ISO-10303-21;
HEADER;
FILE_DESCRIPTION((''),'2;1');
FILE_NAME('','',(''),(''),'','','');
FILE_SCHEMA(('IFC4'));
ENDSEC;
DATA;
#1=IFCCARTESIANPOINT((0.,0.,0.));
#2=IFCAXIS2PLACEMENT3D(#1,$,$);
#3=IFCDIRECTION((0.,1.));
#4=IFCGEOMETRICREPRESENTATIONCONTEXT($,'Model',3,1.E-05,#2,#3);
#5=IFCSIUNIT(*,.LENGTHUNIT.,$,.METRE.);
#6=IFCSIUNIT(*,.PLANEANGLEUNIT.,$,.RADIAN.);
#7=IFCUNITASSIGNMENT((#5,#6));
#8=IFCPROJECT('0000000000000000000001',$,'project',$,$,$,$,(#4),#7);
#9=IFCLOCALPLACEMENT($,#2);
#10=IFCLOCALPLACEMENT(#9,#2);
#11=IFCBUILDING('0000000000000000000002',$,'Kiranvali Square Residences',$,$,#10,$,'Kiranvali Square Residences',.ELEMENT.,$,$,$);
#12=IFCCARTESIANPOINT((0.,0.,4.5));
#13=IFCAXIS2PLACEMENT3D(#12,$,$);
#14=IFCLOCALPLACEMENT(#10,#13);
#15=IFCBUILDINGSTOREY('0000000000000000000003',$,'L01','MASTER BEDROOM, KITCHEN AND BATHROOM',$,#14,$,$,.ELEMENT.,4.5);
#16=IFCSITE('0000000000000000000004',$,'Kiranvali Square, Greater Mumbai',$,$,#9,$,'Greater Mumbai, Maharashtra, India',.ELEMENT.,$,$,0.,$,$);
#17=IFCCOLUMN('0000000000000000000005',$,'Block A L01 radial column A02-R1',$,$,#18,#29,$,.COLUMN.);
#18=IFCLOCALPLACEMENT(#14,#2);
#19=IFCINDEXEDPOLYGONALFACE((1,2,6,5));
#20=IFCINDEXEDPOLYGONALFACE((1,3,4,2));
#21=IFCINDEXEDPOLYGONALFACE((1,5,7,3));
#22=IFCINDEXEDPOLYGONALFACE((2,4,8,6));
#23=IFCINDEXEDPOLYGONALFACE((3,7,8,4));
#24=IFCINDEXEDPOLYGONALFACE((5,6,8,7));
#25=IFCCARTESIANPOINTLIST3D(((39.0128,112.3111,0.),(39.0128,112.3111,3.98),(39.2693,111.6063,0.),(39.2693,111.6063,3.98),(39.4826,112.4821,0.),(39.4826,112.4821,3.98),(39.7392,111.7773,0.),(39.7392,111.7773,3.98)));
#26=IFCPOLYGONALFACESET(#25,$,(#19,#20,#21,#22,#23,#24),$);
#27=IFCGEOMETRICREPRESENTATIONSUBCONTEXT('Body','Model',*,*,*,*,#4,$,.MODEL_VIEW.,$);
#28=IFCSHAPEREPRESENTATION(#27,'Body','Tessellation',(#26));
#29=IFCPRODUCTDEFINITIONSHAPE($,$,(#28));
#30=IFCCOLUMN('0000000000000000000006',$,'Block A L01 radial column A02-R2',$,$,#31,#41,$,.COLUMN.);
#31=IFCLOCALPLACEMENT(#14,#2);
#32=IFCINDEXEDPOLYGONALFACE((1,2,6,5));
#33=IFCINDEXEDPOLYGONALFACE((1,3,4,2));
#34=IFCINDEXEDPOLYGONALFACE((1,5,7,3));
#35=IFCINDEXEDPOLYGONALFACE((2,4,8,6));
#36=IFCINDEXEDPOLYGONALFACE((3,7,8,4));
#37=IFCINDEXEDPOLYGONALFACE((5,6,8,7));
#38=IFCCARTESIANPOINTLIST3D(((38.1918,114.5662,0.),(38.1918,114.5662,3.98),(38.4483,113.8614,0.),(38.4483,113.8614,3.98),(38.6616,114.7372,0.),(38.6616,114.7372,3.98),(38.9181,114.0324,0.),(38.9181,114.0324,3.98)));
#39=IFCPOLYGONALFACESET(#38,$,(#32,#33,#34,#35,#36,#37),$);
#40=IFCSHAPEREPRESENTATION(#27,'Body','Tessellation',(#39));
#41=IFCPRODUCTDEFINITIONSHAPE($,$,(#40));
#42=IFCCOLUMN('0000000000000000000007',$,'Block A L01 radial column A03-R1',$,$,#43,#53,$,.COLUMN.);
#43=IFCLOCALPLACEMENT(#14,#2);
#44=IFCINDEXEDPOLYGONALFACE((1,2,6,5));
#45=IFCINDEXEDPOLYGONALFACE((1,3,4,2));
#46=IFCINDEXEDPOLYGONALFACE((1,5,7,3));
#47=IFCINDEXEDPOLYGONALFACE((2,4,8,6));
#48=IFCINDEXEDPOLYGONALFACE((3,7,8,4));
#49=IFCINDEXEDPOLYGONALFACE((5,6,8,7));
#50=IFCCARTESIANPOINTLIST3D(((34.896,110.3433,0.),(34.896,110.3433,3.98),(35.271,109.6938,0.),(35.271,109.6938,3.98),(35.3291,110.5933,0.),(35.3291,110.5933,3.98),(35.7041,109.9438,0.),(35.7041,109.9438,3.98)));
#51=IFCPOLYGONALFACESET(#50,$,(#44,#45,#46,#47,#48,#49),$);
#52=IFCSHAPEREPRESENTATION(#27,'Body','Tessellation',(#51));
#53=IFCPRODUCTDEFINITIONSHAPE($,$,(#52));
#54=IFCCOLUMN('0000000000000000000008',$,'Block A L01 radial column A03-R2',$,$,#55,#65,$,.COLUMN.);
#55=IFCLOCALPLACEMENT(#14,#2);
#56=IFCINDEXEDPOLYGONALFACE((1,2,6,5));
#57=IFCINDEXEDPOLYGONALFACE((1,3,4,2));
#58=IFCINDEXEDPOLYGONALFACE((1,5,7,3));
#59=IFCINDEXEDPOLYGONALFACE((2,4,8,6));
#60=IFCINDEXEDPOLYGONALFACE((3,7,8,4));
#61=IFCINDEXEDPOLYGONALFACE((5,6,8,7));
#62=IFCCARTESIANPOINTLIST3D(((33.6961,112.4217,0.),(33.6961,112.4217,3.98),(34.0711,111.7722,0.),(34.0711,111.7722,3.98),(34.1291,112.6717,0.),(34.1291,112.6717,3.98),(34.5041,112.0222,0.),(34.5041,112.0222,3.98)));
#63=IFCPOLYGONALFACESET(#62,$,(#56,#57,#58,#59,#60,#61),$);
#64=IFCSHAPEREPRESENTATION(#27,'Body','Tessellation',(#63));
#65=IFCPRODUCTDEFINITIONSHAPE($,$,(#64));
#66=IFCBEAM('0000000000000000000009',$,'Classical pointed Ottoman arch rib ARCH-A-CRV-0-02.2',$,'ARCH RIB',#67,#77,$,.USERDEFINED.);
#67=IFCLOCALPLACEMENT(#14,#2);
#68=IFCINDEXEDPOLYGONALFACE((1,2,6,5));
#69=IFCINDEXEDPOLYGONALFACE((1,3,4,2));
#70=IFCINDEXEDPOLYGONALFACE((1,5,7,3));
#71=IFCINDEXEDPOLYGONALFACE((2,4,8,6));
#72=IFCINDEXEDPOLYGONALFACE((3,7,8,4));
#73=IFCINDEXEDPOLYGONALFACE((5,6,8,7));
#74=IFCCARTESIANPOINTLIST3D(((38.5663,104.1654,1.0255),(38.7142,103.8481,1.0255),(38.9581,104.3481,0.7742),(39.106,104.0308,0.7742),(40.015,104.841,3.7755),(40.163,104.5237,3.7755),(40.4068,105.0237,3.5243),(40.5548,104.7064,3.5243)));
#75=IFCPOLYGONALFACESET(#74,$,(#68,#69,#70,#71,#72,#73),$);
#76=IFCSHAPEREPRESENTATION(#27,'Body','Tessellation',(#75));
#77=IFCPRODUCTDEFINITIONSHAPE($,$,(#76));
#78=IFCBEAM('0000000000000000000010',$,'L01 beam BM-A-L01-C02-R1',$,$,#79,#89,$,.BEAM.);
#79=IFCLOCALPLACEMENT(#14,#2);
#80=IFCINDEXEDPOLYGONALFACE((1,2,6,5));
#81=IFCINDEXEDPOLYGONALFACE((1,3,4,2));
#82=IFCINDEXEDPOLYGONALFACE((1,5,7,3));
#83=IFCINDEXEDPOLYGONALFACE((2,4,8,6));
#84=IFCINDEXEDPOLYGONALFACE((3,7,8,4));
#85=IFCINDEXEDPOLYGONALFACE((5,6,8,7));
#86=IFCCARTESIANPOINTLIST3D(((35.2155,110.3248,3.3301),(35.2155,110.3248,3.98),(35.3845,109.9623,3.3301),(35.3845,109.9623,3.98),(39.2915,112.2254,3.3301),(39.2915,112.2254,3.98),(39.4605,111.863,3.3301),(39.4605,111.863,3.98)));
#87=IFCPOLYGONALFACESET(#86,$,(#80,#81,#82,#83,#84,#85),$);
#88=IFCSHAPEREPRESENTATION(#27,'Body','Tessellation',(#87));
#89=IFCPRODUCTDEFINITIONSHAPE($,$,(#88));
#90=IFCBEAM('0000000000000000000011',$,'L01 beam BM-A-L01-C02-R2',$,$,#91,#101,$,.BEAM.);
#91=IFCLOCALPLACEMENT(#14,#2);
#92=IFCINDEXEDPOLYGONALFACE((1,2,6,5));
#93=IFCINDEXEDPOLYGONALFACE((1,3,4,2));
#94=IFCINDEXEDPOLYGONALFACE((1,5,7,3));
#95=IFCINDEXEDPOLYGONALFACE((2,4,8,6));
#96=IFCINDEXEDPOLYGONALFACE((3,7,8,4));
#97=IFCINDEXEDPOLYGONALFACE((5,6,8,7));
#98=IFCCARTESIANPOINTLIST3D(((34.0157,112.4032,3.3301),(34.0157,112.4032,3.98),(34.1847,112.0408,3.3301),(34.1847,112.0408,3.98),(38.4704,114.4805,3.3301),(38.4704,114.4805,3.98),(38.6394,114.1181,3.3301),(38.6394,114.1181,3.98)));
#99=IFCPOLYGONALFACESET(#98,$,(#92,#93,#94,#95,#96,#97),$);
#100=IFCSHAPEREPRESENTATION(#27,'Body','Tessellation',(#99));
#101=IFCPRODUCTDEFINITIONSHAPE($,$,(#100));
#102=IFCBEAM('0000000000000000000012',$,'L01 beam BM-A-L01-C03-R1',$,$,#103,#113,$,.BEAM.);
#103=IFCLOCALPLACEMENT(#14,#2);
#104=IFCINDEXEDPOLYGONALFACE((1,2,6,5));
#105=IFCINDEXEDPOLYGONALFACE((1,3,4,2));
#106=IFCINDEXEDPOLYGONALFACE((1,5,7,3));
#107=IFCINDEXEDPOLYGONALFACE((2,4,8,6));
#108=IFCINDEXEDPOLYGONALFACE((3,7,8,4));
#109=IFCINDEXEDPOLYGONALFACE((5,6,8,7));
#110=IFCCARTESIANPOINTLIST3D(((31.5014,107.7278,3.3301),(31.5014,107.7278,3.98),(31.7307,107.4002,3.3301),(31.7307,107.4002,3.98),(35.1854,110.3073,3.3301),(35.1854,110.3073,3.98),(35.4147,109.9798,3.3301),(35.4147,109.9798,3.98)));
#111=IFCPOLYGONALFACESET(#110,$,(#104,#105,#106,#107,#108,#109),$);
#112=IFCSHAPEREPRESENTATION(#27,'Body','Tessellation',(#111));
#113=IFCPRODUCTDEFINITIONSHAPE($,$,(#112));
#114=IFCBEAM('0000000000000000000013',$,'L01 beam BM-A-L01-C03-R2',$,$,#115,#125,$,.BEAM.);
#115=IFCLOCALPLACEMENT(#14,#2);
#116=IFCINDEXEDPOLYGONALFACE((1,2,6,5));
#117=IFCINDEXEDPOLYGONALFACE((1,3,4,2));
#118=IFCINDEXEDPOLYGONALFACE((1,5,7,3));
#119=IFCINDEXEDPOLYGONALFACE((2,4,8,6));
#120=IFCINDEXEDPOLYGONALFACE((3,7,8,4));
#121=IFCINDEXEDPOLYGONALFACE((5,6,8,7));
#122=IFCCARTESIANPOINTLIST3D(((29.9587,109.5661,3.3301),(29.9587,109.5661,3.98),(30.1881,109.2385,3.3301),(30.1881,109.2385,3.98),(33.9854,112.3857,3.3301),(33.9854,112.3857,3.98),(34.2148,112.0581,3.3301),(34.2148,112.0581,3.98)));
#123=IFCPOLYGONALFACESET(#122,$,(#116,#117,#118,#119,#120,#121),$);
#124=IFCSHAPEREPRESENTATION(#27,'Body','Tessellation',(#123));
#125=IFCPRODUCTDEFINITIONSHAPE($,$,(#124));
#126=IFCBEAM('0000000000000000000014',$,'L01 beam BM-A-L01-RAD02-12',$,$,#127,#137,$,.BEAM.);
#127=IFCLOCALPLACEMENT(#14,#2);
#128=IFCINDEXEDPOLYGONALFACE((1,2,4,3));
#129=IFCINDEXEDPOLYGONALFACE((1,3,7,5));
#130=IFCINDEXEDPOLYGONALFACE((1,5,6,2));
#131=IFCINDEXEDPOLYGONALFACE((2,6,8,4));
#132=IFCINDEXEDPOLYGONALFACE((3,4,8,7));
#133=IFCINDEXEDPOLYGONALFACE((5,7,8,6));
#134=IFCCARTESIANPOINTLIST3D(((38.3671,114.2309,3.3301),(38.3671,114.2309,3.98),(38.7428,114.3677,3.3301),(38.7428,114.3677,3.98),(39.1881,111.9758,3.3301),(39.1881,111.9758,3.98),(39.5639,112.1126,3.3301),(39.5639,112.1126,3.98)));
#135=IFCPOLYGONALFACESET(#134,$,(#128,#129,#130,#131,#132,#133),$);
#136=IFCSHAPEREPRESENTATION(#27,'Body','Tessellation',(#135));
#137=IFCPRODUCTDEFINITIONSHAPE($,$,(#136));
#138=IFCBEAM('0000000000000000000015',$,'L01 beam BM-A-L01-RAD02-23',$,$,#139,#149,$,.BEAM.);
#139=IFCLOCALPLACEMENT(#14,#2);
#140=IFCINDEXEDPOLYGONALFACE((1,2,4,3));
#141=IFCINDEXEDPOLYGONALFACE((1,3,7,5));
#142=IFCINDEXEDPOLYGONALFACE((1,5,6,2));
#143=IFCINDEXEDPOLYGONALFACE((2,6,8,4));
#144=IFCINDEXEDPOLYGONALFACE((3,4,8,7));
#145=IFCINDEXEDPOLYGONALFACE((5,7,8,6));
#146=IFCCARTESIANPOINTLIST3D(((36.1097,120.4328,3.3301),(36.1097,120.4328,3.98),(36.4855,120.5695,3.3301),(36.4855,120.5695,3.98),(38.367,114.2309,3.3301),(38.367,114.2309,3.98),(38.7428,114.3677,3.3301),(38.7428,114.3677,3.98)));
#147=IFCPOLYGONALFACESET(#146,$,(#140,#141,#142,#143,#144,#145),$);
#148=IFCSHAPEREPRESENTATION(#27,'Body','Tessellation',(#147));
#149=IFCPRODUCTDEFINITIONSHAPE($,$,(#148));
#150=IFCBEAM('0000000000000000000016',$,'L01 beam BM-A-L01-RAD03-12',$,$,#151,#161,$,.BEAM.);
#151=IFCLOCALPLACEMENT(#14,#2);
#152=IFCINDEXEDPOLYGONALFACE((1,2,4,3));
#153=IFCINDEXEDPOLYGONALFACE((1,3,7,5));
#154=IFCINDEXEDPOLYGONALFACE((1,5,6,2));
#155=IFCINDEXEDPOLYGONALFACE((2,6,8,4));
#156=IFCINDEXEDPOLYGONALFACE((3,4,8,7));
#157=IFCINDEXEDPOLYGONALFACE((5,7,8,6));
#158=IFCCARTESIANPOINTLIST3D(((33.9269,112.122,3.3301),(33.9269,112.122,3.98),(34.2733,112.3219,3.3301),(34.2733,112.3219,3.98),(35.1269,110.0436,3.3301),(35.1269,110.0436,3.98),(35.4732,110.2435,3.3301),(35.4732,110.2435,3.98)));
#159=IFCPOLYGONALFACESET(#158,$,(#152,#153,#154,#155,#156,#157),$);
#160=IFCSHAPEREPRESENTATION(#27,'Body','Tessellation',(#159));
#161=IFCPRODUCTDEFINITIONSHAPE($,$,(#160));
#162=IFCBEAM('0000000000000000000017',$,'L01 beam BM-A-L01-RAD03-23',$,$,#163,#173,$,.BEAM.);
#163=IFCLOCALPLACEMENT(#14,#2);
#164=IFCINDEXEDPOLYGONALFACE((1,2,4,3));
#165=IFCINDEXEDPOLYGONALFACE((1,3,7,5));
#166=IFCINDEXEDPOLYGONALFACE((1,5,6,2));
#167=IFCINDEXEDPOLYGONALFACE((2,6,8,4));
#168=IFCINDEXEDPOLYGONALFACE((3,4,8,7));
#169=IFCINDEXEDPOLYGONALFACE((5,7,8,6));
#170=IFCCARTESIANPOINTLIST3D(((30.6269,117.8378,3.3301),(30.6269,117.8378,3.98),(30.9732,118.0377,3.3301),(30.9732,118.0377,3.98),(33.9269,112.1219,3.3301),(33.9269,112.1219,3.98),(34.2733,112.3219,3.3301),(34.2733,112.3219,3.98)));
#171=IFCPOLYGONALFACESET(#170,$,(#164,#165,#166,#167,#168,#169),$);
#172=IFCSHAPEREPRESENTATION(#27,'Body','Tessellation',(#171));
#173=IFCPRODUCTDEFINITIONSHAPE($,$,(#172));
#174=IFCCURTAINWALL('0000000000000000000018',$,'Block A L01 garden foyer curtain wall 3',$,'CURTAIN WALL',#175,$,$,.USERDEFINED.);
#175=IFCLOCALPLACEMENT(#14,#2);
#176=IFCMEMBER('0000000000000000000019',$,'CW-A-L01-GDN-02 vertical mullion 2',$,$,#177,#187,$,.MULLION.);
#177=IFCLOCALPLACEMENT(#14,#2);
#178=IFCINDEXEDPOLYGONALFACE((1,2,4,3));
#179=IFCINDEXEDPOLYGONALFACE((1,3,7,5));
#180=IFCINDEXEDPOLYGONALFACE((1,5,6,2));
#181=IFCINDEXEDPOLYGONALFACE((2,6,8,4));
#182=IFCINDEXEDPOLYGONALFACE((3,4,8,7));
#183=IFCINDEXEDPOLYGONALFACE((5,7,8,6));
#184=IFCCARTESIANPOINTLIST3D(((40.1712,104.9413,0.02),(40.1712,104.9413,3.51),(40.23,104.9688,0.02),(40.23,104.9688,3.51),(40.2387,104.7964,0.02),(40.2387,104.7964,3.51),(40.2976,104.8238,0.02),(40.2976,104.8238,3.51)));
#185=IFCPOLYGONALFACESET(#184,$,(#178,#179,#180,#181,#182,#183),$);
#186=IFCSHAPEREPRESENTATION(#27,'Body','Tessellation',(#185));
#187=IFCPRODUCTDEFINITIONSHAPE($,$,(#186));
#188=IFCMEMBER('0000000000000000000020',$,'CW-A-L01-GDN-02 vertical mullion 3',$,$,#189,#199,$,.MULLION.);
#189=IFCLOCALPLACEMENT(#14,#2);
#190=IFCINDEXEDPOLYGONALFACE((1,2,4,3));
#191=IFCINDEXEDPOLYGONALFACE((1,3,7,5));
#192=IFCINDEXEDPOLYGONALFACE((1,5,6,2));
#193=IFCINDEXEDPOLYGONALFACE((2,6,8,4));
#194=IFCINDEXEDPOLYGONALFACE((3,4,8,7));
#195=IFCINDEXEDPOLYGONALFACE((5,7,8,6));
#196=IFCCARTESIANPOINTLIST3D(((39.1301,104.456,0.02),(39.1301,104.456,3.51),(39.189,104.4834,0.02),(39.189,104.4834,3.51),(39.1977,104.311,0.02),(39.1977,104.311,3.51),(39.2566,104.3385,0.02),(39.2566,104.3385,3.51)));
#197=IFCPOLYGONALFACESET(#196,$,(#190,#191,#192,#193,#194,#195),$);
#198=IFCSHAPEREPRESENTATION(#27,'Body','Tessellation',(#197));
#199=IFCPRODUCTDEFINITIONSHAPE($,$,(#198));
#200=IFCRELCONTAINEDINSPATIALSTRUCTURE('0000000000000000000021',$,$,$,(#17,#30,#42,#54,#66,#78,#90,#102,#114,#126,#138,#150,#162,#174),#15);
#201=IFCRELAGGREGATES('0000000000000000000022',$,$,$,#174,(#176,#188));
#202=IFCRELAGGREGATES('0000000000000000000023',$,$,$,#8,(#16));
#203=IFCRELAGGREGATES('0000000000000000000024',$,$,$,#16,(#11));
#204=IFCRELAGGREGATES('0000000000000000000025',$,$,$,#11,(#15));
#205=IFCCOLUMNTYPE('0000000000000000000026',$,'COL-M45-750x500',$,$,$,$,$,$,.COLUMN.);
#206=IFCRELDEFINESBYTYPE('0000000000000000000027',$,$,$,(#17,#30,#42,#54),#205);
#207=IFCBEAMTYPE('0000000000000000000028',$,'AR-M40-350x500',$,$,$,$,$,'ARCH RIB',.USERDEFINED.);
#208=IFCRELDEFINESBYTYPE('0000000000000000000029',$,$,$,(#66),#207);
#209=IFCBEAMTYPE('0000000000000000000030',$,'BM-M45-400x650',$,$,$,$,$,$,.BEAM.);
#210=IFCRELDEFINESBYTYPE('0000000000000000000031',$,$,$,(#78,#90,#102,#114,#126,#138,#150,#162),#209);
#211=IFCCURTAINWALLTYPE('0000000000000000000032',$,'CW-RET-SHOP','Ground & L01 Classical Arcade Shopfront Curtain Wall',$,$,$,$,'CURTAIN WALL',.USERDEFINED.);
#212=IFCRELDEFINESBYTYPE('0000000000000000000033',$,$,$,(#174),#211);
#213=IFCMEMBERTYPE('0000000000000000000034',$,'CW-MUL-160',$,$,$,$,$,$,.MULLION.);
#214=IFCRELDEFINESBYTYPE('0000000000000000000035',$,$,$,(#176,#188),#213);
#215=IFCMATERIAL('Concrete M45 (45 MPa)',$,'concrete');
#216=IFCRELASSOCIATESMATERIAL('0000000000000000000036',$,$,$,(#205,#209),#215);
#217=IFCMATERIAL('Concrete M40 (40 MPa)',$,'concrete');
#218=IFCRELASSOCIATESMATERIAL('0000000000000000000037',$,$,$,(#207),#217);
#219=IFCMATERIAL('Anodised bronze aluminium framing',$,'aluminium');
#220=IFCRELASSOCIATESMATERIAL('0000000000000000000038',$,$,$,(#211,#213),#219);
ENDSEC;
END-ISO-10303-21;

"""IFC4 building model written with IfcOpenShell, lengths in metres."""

from ifc_helpers import new_model, si_unit, direction, frame, origin, origin_2d, place, context, subcontext, project, spatial, rectangle, extrude, material, material_profile, profile_set, type_object, element, aggregate, save


model = new_model("IFC4")

# Units and contexts
model_context = context("Model", 3, precision=1e-05, world=origin(), true_north=direction((0.0, 1.0)))
body_context = subcontext(model_context, "Body", "Model", "MODEL_VIEW")
ifc_project = project(units=[si_unit("LENGTHUNIT", "METRE"), si_unit("PLANEANGLEUNIT", "RADIAN")], contexts=[model_context])

# Site, building, storey
site_placement = place(None, origin())
site = spatial("IfcSite", under=ifc_project, at=site_placement, Name="Kiranvali Square, Greater Mumbai", LongName="Greater Mumbai, Maharashtra, India", CompositionType="ELEMENT", RefElevation=0.0)
building_placement = place(site_placement, origin())
building = spatial("IfcBuilding", under=site, at=building_placement, Name="Kiranvali Square Residences", LongName="Kiranvali Square Residences", CompositionType="ELEMENT")
storey_placement = place(building_placement, frame((0.0, 0.0, 4.5)))
storey = spatial("IfcBuildingStorey", under=building, at=storey_placement, Name="L01", Description="MASTER BEDROOM, KITCHEN AND BATHROOM", CompositionType="ELEMENT", Elevation=4.5)

# Columns
ifc_material_1 = material(Name="Concrete M45 (45 MPa)", Category="concrete")
ifc_material_profile_1 = material_profile(ifc_material_1, rectangle(XDim=0.5, YDim=0.75, at=origin_2d()), Name="RC 750x500")
ifc_profile_set_1 = profile_set([ifc_material_profile_1], Name="Concrete M45 (45 MPa)")
column_type = type_object("IfcColumnType", Name="COL-M45-750x500", PredefinedType="COLUMN", material=ifc_profile_set_1)
for number, where, z_axis, x_axis, name in (
    (1, (39.376, 112.0442, 0.0), (0.0, 0.0, 1.0), (0.939693, 0.34202, 0.0), "Block A L01 radial column A02-R1"),
    (2, (38.5549, 114.2993, 0.0), (0.0, 0.0, 1.0), (0.939693, 0.34202, 0.0), "Block A L01 radial column A02-R2"),
    (3, (35.3, 110.1436, 0.0), (0.0, 0.0, 1.0), (0.866025, 0.5, 0.0), "Block A L01 radial column A03-R1"),
    (4, (34.1001, 112.2219, 0.0), (0.0, 0.0, 1.0), (0.866025, 0.5, 0.0), "Block A L01 radial column A03-R2"),
):
    element("IfcColumn", number, at=place(storey_placement, frame(where, z_axis=z_axis, x_axis=x_axis)), inside=storey, type_object=column_type, Name=name, PredefinedType="COLUMN", context=body_context, shape_type="SweptSolid", body=[
        extrude(rectangle(XDim=0.5, YDim=0.75, at=origin_2d()), origin(), (0.0, 0.0, 1.0), 3.98),
    ])

# Beams
ifc_material_2 = material(Name="Concrete M40 (40 MPa)", Category="concrete")
ifc_material_profile_2 = material_profile(ifc_material_2, rectangle(XDim=0.3501, YDim=0.5, at=origin_2d()), Name="RC 350x500")
ifc_profile_set_2 = profile_set([ifc_material_profile_2], Name="Concrete M40 (40 MPa)")
beam_type_1 = type_object("IfcBeamType", Name="AR-M40-350x500", ElementType="ARCH RIB", PredefinedType="USERDEFINED", material=ifc_profile_set_2)
beam_1_placement = place(storey_placement, frame((40.2849, 104.7737, 3.6499), z_axis=(-0.455457, -0.212378, -0.864555), x_axis=(0.42261, -0.906312, 0.0)))
element("IfcBeam", 5, at=beam_1_placement, inside=storey, type_object=beam_type_1, Name="Classical pointed Ottoman arch rib ARCH-A-CRV-0-02.2", ObjectType="ARCH RIB", PredefinedType="USERDEFINED", context=body_context, shape_type="SweptSolid", body=[
    extrude(rectangle(XDim=0.3501, YDim=0.5, at=origin_2d()), origin(), (0.0, 0.0, 1.0), 3.1809),
])
ifc_material_profile_3 = material_profile(ifc_material_1, rectangle(XDim=0.3999, YDim=0.6499, at=origin_2d()), Name="RC 400x650")
ifc_profile_set_3 = profile_set([ifc_material_profile_3], Name="Concrete M45 (45 MPa)")
beam_type_2 = type_object("IfcBeamType", Name="BM-M45-400x650", PredefinedType="BEAM", material=ifc_profile_set_3)
beam_2_placement = place(storey_placement, frame((39.376, 112.0442, 3.655), z_axis=(-0.906308, -0.422618, 0.0), x_axis=(0.422618, -0.906308, 0.0)))
element("IfcBeam", 6, at=beam_2_placement, inside=storey, type_object=beam_type_2, Name="L01 beam BM-A-L01-C02-R1", PredefinedType="BEAM", context=body_context, shape_type="SweptSolid", body=[
    extrude(rectangle(XDim=0.3999, YDim=0.6499, at=origin_2d()), origin(), (0.0, 0.0, 1.0), 4.4973),
])
beam_3_placement = place(storey_placement, frame((38.5549, 114.2993, 3.655), z_axis=(-0.906302, -0.42263, 0.0), x_axis=(0.42263, -0.906302, 0.0)))
element("IfcBeam", 7, at=beam_3_placement, inside=storey, type_object=beam_type_2, Name="L01 beam BM-A-L01-C02-R2", PredefinedType="BEAM", context=body_context, shape_type="SweptSolid", body=[
    extrude(rectangle(XDim=0.3999, YDim=0.6499, at=origin_2d()), origin(), (0.0, 0.0, 1.0), 4.9153),
])
beam_4_placement = place(storey_placement, frame((35.3, 110.1436, 3.655), z_axis=(-0.819155, -0.573572, 0.0), x_axis=(0.573572, -0.819155, 0.0)))
element("IfcBeam", 8, at=beam_4_placement, inside=storey, type_object=beam_type_2, Name="L01 beam BM-A-L01-C03-R1", PredefinedType="BEAM", context=body_context, shape_type="SweptSolid", body=[
    extrude(rectangle(XDim=0.3999, YDim=0.6499, at=origin_2d()), origin(), (0.0, 0.0, 1.0), 4.4973),
])
beam_5_placement = place(storey_placement, frame((34.1001, 112.2219, 3.655), z_axis=(-0.819141, -0.573592, 0.0), x_axis=(0.573592, -0.819141, 0.0)))
element("IfcBeam", 9, at=beam_5_placement, inside=storey, type_object=beam_type_2, Name="L01 beam BM-A-L01-C03-R2", PredefinedType="BEAM", context=body_context, shape_type="SweptSolid", body=[
    extrude(rectangle(XDim=0.3999, YDim=0.6499, at=origin_2d()), origin(), (0.0, 0.0, 1.0), 4.9158),
])
beam_6_placement = place(storey_placement, frame((39.376, 112.0442, 3.655), z_axis=(-0.342111, 0.93966, 0.0), x_axis=(-0.93966, -0.342111, 0.0)))
element("IfcBeam", 10, at=beam_6_placement, inside=storey, type_object=beam_type_2, Name="L01 beam BM-A-L01-RAD02-12", PredefinedType="BEAM", context=body_context, shape_type="SweptSolid", body=[
    extrude(rectangle(XDim=0.3999, YDim=0.6499, at=origin_2d()), origin(), (0.0, 0.0, 1.0), 2.3999),
])
beam_7_placement = place(storey_placement, frame((38.5549, 114.2993, 3.655), z_axis=(-0.342022, 0.939692, 0.0), x_axis=(-0.939692, -0.342022, 0.0)))
element("IfcBeam", 11, at=beam_7_placement, inside=storey, type_object=beam_type_2, Name="L01 beam BM-A-L01-RAD02-23", PredefinedType="BEAM", context=body_context, shape_type="SweptSolid", body=[
    extrude(rectangle(XDim=0.3999, YDim=0.6499, at=origin_2d()), origin(), (0.0, 0.0, 1.0), 6.5999),
])
beam_8_placement = place(storey_placement, frame((35.3, 110.1436, 3.655), z_axis=(-0.500001, 0.866025, 0.0), x_axis=(-0.866025, -0.500001, 0.0)))
element("IfcBeam", 12, at=beam_8_placement, inside=storey, type_object=beam_type_2, Name="L01 beam BM-A-L01-RAD03-12", PredefinedType="BEAM", context=body_context, shape_type="SweptSolid", body=[
    extrude(rectangle(XDim=0.3999, YDim=0.6499, at=origin_2d()), origin(), (0.0, 0.0, 1.0), 2.3999),
])
beam_9_placement = place(storey_placement, frame((34.1001, 112.2219, 3.655), z_axis=(-0.500002, 0.866024, 0.0), x_axis=(-0.866024, -0.500002, 0.0)))
element("IfcBeam", 13, at=beam_9_placement, inside=storey, type_object=beam_type_2, Name="L01 beam BM-A-L01-RAD03-23", PredefinedType="BEAM", context=body_context, shape_type="SweptSolid", body=[
    extrude(rectangle(XDim=0.3999, YDim=0.6499, at=origin_2d()), origin(), (0.0, 0.0, 1.0), 6.6001),
])

# Curtain wall, members
ifc_material_3 = material(Name="Anodised bronze aluminium framing", Category="aluminium")
curtain_wall_type = type_object("IfcCurtainWallType", Name="CW-RET-SHOP", Description="Ground & L01 Classical Arcade Shopfront Curtain Wall", ElementType="CURTAIN WALL", PredefinedType="USERDEFINED", material=ifc_material_3)
curtain_wall_placement = place(storey_placement, origin())
curtain_wall = element("IfcCurtainWall", 14, at=curtain_wall_placement, inside=storey, type_object=curtain_wall_type, Name="Block A L01 garden foyer curtain wall 3", ObjectType="CURTAIN WALL", PredefinedType="USERDEFINED")
ifc_material_profile_4 = material_profile(ifc_material_3, rectangle(XDim=0.0649, YDim=0.1599, at=origin_2d()), Name="ALU 65x160")
ifc_profile_set_4 = profile_set([ifc_material_profile_4], Name="Anodised bronze aluminium framing")
member_type_1 = type_object("IfcMemberType", Name="CW-MUL-160", PredefinedType="MULLION", material=ifc_profile_set_4)
member_1_placement = place(storey_placement, frame((40.2344, 104.8826, 0.02), z_axis=(0.0, 0.0, 1.0), x_axis=(-0.906308, -0.422618, 0.0)))
member_1 = element("IfcMember", 15, at=member_1_placement, type_object=member_type_1, Name="CW-A-L01-GDN-02 vertical mullion 2", PredefinedType="MULLION", context=body_context, shape_type="SweptSolid", body=[
    extrude(rectangle(XDim=0.0649, YDim=0.1599, at=origin_2d()), origin(), (0.0, 0.0, 1.0), 3.49),
])
member_2_placement = place(storey_placement, frame((39.1934, 104.3972, 0.02), z_axis=(0.0, 0.0, 1.0), x_axis=(-0.906308, -0.422618, 0.0)))
member_2 = element("IfcMember", 16, at=member_2_placement, type_object=member_type_1, Name="CW-A-L01-GDN-02 vertical mullion 3", PredefinedType="MULLION", context=body_context, shape_type="SweptSolid", body=[
    extrude(rectangle(XDim=0.0649, YDim=0.1599, at=origin_2d()), origin(), (0.0, 0.0, 1.0), 3.49),
])
aggregate(curtain_wall, [member_1, member_2])

save(model, "model.ifc")
